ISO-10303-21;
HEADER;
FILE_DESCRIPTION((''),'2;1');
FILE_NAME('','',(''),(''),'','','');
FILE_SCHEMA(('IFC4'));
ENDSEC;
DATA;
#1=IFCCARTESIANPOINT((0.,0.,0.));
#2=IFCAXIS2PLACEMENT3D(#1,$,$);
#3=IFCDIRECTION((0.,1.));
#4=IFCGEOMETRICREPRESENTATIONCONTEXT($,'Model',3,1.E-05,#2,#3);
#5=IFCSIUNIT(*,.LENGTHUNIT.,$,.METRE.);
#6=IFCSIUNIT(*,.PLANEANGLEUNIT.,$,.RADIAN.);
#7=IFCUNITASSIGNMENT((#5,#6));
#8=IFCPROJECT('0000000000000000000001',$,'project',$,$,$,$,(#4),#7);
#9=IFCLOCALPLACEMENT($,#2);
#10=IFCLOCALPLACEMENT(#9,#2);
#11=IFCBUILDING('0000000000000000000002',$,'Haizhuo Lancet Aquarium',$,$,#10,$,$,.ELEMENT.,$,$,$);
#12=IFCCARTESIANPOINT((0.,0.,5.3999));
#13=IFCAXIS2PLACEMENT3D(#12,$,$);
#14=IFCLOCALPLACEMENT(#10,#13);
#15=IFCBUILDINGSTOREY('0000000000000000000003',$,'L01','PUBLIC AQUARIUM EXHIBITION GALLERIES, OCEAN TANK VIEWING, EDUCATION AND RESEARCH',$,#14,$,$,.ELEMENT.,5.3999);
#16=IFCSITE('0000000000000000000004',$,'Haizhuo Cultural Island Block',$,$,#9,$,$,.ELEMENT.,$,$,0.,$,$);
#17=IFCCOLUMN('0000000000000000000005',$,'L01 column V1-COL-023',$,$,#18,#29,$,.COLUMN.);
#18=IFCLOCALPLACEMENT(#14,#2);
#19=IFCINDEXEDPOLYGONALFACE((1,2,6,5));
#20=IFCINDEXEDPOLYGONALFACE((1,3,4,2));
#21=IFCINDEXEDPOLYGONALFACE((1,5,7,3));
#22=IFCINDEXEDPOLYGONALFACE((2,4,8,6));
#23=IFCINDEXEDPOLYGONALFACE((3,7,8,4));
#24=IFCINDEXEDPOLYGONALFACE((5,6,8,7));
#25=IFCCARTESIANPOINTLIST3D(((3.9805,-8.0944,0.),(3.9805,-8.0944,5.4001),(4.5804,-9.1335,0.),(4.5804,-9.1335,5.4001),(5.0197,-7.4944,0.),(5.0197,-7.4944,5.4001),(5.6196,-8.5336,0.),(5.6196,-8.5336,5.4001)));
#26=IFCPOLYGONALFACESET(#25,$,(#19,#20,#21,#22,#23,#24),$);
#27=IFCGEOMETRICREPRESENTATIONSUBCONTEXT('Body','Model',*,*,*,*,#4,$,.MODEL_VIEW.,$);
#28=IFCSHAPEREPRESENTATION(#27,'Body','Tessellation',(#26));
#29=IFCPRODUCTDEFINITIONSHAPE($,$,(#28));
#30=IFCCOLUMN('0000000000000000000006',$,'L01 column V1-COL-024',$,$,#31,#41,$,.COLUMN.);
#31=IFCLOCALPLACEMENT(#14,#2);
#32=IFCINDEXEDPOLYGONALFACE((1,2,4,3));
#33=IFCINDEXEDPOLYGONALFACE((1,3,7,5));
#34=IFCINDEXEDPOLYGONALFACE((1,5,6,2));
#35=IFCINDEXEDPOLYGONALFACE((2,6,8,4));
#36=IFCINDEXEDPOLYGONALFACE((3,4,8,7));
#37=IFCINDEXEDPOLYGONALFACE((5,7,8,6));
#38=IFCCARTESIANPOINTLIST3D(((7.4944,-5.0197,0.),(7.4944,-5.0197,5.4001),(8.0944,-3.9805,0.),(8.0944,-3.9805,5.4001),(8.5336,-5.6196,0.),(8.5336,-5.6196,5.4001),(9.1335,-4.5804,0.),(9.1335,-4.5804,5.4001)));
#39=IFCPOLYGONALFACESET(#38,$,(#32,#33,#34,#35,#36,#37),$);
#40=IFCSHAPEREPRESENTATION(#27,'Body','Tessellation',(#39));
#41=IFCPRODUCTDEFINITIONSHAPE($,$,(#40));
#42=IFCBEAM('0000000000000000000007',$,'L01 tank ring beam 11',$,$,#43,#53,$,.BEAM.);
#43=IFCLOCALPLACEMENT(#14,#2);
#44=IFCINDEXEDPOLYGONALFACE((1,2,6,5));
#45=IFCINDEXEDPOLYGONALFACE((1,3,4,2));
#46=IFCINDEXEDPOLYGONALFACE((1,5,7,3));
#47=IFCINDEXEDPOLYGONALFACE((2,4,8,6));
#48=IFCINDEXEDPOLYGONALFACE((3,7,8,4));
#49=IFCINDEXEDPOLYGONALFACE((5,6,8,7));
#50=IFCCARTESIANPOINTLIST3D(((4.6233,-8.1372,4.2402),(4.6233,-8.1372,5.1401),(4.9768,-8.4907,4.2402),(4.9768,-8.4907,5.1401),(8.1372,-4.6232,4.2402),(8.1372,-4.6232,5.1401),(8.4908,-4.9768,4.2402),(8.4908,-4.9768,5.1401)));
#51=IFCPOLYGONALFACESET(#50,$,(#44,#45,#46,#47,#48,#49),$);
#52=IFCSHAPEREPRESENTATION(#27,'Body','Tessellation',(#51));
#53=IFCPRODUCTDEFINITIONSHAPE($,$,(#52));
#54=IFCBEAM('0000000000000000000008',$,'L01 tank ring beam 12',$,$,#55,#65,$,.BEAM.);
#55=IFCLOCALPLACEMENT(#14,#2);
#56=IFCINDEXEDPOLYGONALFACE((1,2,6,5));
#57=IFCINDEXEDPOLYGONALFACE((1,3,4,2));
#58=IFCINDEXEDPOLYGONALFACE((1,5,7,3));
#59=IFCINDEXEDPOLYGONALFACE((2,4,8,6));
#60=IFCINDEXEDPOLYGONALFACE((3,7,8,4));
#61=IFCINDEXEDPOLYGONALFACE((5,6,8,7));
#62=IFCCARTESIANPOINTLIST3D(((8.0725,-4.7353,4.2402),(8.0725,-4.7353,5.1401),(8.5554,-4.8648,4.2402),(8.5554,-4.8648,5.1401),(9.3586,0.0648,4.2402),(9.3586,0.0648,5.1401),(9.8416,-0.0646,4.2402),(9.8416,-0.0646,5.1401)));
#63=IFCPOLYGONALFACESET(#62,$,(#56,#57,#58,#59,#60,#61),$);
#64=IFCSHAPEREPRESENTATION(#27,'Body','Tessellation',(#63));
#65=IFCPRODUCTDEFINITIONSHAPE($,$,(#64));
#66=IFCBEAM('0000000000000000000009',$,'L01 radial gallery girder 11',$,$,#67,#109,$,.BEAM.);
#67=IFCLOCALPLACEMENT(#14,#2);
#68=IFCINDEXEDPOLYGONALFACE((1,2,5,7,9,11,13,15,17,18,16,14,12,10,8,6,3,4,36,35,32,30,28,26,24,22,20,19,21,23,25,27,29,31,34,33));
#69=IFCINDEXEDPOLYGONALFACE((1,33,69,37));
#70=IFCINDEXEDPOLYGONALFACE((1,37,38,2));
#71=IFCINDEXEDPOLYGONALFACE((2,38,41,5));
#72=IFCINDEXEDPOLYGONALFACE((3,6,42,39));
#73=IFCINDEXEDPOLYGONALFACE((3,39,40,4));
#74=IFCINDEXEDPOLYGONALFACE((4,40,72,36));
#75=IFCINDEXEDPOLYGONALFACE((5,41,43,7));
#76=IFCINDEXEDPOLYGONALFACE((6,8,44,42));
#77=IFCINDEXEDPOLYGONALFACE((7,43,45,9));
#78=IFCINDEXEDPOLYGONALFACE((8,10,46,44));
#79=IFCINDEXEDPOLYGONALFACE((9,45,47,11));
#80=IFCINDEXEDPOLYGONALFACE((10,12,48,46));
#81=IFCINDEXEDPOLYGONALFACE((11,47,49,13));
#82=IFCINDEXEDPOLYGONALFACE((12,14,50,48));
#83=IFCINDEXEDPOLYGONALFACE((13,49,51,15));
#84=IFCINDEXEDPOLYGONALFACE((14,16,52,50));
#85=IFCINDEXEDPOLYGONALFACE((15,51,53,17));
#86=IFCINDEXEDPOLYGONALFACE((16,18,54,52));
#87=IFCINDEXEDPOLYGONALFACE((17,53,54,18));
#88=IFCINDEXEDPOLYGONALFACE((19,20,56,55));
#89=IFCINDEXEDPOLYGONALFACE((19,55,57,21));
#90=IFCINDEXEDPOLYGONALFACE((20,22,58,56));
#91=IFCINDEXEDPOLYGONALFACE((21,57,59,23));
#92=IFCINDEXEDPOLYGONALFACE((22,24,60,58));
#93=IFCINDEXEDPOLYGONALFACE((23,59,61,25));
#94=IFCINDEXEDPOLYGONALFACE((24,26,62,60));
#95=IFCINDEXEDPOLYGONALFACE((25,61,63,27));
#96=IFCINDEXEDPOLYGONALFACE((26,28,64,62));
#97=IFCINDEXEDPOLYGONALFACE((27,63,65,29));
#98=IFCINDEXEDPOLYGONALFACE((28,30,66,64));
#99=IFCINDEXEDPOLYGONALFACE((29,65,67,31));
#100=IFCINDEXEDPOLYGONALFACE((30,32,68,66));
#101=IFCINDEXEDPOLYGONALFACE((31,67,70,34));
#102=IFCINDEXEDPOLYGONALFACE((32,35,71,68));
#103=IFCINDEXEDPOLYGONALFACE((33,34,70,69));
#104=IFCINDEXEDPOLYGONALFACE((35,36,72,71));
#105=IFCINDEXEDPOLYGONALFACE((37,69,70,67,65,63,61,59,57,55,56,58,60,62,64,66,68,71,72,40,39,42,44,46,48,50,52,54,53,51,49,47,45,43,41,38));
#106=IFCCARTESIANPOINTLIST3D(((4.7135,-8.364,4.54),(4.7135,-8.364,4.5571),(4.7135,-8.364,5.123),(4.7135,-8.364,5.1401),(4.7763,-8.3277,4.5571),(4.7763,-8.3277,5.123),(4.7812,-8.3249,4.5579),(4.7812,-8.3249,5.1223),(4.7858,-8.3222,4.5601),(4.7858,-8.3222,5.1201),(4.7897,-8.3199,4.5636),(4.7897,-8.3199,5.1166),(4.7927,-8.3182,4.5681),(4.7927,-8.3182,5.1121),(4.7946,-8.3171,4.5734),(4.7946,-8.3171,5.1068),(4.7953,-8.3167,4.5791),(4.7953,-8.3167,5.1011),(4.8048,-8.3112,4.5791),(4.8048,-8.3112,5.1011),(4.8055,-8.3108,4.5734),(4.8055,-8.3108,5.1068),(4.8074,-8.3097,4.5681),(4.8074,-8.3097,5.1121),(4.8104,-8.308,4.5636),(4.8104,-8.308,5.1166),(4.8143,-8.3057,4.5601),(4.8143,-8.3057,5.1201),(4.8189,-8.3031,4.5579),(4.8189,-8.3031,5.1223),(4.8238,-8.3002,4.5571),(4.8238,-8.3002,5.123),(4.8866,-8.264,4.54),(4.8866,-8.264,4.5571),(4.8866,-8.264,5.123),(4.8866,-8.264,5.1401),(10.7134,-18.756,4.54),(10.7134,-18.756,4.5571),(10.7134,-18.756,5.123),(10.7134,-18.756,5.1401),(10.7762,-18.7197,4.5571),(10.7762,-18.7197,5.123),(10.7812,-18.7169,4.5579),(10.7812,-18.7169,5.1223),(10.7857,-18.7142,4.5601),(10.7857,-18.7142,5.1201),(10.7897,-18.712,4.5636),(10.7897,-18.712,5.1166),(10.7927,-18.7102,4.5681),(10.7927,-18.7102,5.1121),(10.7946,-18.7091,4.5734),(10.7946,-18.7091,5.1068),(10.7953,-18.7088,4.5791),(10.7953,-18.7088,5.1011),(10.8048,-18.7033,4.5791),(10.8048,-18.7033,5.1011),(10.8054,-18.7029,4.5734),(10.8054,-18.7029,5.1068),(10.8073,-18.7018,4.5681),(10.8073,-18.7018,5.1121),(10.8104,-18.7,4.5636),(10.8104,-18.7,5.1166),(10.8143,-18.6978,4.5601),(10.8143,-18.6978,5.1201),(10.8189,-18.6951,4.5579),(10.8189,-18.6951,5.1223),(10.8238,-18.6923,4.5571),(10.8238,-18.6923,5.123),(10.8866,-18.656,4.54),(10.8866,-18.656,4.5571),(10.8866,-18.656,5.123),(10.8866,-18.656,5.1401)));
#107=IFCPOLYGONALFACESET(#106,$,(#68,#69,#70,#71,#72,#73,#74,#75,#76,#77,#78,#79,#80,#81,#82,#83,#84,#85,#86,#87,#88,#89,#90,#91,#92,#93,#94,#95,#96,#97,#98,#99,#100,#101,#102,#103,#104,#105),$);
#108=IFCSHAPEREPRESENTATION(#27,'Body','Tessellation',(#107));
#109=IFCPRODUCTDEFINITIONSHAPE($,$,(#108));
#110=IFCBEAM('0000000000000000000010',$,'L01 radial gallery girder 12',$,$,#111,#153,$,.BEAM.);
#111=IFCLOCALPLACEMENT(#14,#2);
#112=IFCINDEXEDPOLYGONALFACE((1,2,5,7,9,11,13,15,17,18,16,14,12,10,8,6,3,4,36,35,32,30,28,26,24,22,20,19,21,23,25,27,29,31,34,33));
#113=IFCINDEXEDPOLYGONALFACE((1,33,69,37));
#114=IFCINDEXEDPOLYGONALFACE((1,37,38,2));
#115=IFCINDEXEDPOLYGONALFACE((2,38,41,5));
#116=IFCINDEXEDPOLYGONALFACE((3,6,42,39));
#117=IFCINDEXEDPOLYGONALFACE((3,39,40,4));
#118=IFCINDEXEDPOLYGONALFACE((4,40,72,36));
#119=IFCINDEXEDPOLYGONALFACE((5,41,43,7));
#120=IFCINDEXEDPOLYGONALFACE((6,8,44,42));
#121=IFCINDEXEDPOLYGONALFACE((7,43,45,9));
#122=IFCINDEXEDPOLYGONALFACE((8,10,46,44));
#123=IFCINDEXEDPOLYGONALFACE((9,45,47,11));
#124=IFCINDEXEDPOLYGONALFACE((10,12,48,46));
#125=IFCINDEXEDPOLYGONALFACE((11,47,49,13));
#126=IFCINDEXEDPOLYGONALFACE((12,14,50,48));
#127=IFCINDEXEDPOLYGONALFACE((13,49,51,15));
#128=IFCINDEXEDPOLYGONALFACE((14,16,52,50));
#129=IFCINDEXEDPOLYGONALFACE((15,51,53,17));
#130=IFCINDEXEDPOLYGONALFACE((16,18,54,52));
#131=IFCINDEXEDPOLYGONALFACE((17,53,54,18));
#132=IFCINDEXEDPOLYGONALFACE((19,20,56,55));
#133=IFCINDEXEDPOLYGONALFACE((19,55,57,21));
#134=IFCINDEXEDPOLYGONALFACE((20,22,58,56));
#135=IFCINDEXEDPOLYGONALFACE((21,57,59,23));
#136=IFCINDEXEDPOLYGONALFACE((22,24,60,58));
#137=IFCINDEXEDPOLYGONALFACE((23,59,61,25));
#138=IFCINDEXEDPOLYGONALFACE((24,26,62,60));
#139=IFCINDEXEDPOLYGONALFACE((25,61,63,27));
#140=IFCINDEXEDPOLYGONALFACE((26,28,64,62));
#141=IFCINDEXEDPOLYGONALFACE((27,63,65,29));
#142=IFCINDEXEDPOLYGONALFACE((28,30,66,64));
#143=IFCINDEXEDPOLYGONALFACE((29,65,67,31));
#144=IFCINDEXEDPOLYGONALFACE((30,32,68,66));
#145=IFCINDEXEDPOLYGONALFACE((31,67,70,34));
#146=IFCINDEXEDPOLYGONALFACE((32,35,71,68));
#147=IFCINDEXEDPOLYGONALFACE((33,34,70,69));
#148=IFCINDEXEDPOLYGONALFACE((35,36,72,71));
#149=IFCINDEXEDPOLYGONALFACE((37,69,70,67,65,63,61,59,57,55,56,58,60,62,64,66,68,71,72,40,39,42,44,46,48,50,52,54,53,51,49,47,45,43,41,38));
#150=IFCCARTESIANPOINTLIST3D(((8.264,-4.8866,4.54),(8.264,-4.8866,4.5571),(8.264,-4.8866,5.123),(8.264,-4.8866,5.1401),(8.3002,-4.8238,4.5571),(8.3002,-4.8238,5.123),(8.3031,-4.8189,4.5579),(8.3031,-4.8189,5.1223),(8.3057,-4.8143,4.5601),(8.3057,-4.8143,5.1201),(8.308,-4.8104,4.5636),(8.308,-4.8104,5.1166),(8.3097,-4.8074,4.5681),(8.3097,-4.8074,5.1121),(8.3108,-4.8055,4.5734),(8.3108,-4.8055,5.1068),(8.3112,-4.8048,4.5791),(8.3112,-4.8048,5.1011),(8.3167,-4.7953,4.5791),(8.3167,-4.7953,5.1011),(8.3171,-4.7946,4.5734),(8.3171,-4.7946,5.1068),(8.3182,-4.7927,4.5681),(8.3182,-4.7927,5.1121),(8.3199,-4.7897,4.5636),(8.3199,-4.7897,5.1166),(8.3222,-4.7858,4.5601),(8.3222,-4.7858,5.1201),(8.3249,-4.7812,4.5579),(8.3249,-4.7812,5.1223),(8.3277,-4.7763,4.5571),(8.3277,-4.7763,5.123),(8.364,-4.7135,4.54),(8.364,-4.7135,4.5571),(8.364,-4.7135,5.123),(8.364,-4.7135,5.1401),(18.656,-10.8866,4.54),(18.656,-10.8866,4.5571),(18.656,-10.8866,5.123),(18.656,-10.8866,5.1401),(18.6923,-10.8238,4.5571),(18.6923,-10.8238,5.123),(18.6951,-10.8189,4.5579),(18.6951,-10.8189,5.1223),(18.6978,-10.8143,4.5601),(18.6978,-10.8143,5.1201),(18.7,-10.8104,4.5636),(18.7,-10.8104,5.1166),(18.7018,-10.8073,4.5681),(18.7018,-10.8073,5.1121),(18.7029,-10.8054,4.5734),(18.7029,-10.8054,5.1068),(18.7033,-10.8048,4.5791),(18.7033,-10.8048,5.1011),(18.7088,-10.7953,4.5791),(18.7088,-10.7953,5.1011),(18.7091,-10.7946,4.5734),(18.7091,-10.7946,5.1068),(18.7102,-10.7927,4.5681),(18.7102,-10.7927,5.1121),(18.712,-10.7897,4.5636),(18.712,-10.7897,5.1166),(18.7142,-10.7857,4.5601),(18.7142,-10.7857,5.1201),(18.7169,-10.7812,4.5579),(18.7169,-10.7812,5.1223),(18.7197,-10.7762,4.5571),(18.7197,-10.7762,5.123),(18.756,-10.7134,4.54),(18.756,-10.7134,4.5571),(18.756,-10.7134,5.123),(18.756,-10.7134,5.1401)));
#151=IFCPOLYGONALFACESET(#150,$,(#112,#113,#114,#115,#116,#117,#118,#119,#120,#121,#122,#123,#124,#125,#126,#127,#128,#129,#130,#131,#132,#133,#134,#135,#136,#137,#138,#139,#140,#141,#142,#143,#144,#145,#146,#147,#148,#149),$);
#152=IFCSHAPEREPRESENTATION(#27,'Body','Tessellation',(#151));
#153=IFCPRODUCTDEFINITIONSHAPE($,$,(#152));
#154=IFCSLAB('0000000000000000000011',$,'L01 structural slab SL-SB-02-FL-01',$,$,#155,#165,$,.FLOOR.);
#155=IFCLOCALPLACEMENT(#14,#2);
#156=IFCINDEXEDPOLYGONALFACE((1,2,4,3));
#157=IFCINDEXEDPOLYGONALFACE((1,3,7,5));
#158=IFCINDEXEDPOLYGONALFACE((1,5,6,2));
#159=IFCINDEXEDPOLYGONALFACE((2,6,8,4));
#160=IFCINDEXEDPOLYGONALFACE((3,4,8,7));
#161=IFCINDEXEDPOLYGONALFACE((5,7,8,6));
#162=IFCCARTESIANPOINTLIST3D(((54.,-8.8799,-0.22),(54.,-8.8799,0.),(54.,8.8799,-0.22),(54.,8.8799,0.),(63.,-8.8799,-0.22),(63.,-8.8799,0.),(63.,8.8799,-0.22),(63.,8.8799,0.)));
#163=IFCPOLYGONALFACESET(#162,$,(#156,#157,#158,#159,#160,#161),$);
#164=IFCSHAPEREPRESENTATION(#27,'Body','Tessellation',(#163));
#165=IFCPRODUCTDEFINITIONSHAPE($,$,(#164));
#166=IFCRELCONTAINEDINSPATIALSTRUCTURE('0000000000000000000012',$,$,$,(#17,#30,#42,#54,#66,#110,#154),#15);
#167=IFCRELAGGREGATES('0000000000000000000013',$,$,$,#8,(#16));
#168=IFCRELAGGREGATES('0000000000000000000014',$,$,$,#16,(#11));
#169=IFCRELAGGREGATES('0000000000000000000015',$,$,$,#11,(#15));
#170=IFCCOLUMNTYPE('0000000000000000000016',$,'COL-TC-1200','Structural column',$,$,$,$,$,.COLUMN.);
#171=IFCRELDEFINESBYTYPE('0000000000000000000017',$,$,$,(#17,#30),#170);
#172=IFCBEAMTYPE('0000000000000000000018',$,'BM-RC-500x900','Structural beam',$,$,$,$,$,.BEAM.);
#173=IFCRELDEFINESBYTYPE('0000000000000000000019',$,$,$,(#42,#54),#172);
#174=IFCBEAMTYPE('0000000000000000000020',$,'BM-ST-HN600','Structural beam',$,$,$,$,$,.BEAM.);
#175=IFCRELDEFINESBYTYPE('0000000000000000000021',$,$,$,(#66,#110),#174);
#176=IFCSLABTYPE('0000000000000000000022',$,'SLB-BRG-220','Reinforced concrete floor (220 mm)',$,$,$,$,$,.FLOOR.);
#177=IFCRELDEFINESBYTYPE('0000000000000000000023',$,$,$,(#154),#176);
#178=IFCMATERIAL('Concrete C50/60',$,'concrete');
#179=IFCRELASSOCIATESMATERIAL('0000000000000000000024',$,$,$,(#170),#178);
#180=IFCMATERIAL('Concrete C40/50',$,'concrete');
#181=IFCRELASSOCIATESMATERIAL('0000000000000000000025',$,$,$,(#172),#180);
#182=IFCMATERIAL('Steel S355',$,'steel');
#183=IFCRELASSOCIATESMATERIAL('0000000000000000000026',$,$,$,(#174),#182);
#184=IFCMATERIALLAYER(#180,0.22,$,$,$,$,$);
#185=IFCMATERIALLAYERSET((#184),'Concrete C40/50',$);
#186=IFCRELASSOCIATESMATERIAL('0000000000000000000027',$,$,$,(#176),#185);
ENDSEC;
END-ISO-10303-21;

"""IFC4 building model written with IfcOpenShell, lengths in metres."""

from ifc_helpers import new_model, si_unit, direction, frame, origin, origin_2d, place, context, subcontext, project, spatial, polyline, rectangle, i_section, outline, extrude, material, layer, layer_set, material_profile, profile_set, type_object, element, save


model = new_model("IFC4")

# Units and contexts
model_context = context("Model", 3, precision=1e-05, world=origin(), true_north=direction((0.0, 1.0)))
body_context = subcontext(model_context, "Body", "Model", "MODEL_VIEW")
ifc_project = project(units=[si_unit("LENGTHUNIT", "METRE"), si_unit("PLANEANGLEUNIT", "RADIAN")], contexts=[model_context])

# Site, building, storey
site_placement = place(None, origin())
site = spatial("IfcSite", under=ifc_project, at=site_placement, Name="Haizhuo Cultural Island Block", CompositionType="ELEMENT", RefElevation=0.0)
building_placement = place(site_placement, origin())
building = spatial("IfcBuilding", under=site, at=building_placement, Name="Haizhuo Lancet Aquarium", CompositionType="ELEMENT")
storey_placement = place(building_placement, frame((0.0, 0.0, 5.3999)))
storey = spatial("IfcBuildingStorey", under=building, at=storey_placement, Name="L01", Description="PUBLIC AQUARIUM EXHIBITION GALLERIES, OCEAN TANK VIEWING, EDUCATION AND RESEARCH", CompositionType="ELEMENT", Elevation=5.3999)

# Columns
ifc_material_1 = material(Name="Concrete C50/60", Category="concrete")
ifc_material_profile_1 = material_profile(ifc_material_1, rectangle(XDim=1.2, YDim=1.2, at=origin_2d()), Name="RC-COL 1200x1200")
ifc_profile_set_1 = profile_set([ifc_material_profile_1], Name="Concrete C50/60")
column_type = type_object("IfcColumnType", Name="COL-TC-1200", Description="Structural column", PredefinedType="COLUMN", material=ifc_profile_set_1)
for number, where, z_axis, x_axis, name in (
    (1, (4.8, -8.314, 0.0), (0.0, 0.0, 1.0), (0.5, -0.866025, 0.0), "L01 column V1-COL-023"),
    (2, (8.314, -4.8, 0.0), (0.0, 0.0, 1.0), (0.866025, -0.5, 0.0), "L01 column V1-COL-024"),
):
    element("IfcColumn", number, at=place(storey_placement, frame(where, z_axis=z_axis, x_axis=x_axis)), inside=storey, type_object=column_type, Name=name, PredefinedType="COLUMN", context=body_context, shape_type="SweptSolid", body=[
        extrude(rectangle(XDim=1.2, YDim=1.2, at=origin_2d()), origin(), (0.0, 0.0, 1.0), 5.4001),
    ])

# Beams
ifc_material_2 = material(Name="Concrete C40/50", Category="concrete")
ifc_material_profile_2 = material_profile(ifc_material_2, rectangle(XDim=0.5, YDim=0.8999, at=origin_2d()), Name="RC-BM 500x900")
ifc_profile_set_2 = profile_set([ifc_material_profile_2], Name="Concrete C40/50")
beam_type_1 = type_object("IfcBeamType", Name="BM-RC-500x900", Description="Structural beam", PredefinedType="BEAM", material=ifc_profile_set_2)
for number, where, z_axis, x_axis, name in (
    (3, (4.8, -8.314, 4.6902), (0.707107, 0.707107, 0.0), (-0.707107, 0.707107, 0.0), "L01 tank ring beam 11"),
    (4, (8.314, -4.8, 4.6902), (0.258812, 0.965928, 0.0), (-0.965928, 0.258812, 0.0), "L01 tank ring beam 12"),
):
    element("IfcBeam", number, at=place(storey_placement, frame(where, z_axis=z_axis, x_axis=x_axis)), inside=storey, type_object=beam_type_1, Name=name, PredefinedType="BEAM", context=body_context, shape_type="SweptSolid", body=[
        extrude(rectangle(XDim=0.5, YDim=0.8999, at=origin_2d()), origin(), (0.0, 0.0, 1.0), 4.9695),
    ])
ifc_material_3 = material(Name="Steel S355", Category="steel")
ifc_material_profile_3 = material_profile(ifc_material_3, i_section(OverallWidth=0.2, OverallDepth=0.6001, WebThickness=0.011, FlangeThickness=0.0171, FilletRadius=0.022, at=origin_2d()), Name="HN 600x200x11x17")
ifc_profile_set_3 = profile_set([ifc_material_profile_3], Name="Steel S355")
beam_type_2 = type_object("IfcBeamType", Name="BM-ST-HN600", Description="Structural beam", PredefinedType="BEAM", material=ifc_profile_set_3)
for number, where, z_axis, x_axis, name in (
    (5, (4.8, -8.314, 4.8401), (0.500008, -0.866021, 0.0), (0.866021, 0.500008, 0.0), "L01 radial gallery girder 11"),
    (6, (8.314, -4.8, 4.8401), (0.866021, -0.500008, 0.0), (0.500008, 0.866021, 0.0), "L01 radial gallery girder 12"),
):
    element("IfcBeam", number, at=place(storey_placement, frame(where, z_axis=z_axis, x_axis=x_axis)), inside=storey, type_object=beam_type_2, Name=name, PredefinedType="BEAM", context=body_context, shape_type="SweptSolid", body=[
        extrude(i_section(OverallWidth=0.2, OverallDepth=0.6001, WebThickness=0.011, FlangeThickness=0.0171, FilletRadius=0.022, at=origin_2d()), origin(), (0.0, 0.0, 1.0), 11.9998),
    ])

# Slab
ifc_layer_1 = layer(ifc_material_2, 0.22)
ifc_layer_set_1 = layer_set([ifc_layer_1], Name="Concrete C40/50")
slab_type_1 = type_object("IfcSlabType", Name="SLB-BRG-220", Description="Reinforced concrete floor (220 mm)", PredefinedType="FLOOR", material=ifc_layer_set_1)
slab_1_placement = place(storey_placement, frame((0.0, 0.0, -0.22)))
element("IfcSlab", 7, at=slab_1_placement, inside=storey, type_object=slab_type_1, Name="L01 structural slab SL-SB-02-FL-01", PredefinedType="FLOOR", context=body_context, shape_type="SweptSolid", body=[
    extrude(outline(polyline([(54.0, -8.8799), (63.0, -8.8799), (63.0, 8.8799), (54.0, 8.8799), (54.0, -8.8799)])), origin(), (0.0, 0.0, 1.0), 0.22),
])

save(model, "model.ifc")
